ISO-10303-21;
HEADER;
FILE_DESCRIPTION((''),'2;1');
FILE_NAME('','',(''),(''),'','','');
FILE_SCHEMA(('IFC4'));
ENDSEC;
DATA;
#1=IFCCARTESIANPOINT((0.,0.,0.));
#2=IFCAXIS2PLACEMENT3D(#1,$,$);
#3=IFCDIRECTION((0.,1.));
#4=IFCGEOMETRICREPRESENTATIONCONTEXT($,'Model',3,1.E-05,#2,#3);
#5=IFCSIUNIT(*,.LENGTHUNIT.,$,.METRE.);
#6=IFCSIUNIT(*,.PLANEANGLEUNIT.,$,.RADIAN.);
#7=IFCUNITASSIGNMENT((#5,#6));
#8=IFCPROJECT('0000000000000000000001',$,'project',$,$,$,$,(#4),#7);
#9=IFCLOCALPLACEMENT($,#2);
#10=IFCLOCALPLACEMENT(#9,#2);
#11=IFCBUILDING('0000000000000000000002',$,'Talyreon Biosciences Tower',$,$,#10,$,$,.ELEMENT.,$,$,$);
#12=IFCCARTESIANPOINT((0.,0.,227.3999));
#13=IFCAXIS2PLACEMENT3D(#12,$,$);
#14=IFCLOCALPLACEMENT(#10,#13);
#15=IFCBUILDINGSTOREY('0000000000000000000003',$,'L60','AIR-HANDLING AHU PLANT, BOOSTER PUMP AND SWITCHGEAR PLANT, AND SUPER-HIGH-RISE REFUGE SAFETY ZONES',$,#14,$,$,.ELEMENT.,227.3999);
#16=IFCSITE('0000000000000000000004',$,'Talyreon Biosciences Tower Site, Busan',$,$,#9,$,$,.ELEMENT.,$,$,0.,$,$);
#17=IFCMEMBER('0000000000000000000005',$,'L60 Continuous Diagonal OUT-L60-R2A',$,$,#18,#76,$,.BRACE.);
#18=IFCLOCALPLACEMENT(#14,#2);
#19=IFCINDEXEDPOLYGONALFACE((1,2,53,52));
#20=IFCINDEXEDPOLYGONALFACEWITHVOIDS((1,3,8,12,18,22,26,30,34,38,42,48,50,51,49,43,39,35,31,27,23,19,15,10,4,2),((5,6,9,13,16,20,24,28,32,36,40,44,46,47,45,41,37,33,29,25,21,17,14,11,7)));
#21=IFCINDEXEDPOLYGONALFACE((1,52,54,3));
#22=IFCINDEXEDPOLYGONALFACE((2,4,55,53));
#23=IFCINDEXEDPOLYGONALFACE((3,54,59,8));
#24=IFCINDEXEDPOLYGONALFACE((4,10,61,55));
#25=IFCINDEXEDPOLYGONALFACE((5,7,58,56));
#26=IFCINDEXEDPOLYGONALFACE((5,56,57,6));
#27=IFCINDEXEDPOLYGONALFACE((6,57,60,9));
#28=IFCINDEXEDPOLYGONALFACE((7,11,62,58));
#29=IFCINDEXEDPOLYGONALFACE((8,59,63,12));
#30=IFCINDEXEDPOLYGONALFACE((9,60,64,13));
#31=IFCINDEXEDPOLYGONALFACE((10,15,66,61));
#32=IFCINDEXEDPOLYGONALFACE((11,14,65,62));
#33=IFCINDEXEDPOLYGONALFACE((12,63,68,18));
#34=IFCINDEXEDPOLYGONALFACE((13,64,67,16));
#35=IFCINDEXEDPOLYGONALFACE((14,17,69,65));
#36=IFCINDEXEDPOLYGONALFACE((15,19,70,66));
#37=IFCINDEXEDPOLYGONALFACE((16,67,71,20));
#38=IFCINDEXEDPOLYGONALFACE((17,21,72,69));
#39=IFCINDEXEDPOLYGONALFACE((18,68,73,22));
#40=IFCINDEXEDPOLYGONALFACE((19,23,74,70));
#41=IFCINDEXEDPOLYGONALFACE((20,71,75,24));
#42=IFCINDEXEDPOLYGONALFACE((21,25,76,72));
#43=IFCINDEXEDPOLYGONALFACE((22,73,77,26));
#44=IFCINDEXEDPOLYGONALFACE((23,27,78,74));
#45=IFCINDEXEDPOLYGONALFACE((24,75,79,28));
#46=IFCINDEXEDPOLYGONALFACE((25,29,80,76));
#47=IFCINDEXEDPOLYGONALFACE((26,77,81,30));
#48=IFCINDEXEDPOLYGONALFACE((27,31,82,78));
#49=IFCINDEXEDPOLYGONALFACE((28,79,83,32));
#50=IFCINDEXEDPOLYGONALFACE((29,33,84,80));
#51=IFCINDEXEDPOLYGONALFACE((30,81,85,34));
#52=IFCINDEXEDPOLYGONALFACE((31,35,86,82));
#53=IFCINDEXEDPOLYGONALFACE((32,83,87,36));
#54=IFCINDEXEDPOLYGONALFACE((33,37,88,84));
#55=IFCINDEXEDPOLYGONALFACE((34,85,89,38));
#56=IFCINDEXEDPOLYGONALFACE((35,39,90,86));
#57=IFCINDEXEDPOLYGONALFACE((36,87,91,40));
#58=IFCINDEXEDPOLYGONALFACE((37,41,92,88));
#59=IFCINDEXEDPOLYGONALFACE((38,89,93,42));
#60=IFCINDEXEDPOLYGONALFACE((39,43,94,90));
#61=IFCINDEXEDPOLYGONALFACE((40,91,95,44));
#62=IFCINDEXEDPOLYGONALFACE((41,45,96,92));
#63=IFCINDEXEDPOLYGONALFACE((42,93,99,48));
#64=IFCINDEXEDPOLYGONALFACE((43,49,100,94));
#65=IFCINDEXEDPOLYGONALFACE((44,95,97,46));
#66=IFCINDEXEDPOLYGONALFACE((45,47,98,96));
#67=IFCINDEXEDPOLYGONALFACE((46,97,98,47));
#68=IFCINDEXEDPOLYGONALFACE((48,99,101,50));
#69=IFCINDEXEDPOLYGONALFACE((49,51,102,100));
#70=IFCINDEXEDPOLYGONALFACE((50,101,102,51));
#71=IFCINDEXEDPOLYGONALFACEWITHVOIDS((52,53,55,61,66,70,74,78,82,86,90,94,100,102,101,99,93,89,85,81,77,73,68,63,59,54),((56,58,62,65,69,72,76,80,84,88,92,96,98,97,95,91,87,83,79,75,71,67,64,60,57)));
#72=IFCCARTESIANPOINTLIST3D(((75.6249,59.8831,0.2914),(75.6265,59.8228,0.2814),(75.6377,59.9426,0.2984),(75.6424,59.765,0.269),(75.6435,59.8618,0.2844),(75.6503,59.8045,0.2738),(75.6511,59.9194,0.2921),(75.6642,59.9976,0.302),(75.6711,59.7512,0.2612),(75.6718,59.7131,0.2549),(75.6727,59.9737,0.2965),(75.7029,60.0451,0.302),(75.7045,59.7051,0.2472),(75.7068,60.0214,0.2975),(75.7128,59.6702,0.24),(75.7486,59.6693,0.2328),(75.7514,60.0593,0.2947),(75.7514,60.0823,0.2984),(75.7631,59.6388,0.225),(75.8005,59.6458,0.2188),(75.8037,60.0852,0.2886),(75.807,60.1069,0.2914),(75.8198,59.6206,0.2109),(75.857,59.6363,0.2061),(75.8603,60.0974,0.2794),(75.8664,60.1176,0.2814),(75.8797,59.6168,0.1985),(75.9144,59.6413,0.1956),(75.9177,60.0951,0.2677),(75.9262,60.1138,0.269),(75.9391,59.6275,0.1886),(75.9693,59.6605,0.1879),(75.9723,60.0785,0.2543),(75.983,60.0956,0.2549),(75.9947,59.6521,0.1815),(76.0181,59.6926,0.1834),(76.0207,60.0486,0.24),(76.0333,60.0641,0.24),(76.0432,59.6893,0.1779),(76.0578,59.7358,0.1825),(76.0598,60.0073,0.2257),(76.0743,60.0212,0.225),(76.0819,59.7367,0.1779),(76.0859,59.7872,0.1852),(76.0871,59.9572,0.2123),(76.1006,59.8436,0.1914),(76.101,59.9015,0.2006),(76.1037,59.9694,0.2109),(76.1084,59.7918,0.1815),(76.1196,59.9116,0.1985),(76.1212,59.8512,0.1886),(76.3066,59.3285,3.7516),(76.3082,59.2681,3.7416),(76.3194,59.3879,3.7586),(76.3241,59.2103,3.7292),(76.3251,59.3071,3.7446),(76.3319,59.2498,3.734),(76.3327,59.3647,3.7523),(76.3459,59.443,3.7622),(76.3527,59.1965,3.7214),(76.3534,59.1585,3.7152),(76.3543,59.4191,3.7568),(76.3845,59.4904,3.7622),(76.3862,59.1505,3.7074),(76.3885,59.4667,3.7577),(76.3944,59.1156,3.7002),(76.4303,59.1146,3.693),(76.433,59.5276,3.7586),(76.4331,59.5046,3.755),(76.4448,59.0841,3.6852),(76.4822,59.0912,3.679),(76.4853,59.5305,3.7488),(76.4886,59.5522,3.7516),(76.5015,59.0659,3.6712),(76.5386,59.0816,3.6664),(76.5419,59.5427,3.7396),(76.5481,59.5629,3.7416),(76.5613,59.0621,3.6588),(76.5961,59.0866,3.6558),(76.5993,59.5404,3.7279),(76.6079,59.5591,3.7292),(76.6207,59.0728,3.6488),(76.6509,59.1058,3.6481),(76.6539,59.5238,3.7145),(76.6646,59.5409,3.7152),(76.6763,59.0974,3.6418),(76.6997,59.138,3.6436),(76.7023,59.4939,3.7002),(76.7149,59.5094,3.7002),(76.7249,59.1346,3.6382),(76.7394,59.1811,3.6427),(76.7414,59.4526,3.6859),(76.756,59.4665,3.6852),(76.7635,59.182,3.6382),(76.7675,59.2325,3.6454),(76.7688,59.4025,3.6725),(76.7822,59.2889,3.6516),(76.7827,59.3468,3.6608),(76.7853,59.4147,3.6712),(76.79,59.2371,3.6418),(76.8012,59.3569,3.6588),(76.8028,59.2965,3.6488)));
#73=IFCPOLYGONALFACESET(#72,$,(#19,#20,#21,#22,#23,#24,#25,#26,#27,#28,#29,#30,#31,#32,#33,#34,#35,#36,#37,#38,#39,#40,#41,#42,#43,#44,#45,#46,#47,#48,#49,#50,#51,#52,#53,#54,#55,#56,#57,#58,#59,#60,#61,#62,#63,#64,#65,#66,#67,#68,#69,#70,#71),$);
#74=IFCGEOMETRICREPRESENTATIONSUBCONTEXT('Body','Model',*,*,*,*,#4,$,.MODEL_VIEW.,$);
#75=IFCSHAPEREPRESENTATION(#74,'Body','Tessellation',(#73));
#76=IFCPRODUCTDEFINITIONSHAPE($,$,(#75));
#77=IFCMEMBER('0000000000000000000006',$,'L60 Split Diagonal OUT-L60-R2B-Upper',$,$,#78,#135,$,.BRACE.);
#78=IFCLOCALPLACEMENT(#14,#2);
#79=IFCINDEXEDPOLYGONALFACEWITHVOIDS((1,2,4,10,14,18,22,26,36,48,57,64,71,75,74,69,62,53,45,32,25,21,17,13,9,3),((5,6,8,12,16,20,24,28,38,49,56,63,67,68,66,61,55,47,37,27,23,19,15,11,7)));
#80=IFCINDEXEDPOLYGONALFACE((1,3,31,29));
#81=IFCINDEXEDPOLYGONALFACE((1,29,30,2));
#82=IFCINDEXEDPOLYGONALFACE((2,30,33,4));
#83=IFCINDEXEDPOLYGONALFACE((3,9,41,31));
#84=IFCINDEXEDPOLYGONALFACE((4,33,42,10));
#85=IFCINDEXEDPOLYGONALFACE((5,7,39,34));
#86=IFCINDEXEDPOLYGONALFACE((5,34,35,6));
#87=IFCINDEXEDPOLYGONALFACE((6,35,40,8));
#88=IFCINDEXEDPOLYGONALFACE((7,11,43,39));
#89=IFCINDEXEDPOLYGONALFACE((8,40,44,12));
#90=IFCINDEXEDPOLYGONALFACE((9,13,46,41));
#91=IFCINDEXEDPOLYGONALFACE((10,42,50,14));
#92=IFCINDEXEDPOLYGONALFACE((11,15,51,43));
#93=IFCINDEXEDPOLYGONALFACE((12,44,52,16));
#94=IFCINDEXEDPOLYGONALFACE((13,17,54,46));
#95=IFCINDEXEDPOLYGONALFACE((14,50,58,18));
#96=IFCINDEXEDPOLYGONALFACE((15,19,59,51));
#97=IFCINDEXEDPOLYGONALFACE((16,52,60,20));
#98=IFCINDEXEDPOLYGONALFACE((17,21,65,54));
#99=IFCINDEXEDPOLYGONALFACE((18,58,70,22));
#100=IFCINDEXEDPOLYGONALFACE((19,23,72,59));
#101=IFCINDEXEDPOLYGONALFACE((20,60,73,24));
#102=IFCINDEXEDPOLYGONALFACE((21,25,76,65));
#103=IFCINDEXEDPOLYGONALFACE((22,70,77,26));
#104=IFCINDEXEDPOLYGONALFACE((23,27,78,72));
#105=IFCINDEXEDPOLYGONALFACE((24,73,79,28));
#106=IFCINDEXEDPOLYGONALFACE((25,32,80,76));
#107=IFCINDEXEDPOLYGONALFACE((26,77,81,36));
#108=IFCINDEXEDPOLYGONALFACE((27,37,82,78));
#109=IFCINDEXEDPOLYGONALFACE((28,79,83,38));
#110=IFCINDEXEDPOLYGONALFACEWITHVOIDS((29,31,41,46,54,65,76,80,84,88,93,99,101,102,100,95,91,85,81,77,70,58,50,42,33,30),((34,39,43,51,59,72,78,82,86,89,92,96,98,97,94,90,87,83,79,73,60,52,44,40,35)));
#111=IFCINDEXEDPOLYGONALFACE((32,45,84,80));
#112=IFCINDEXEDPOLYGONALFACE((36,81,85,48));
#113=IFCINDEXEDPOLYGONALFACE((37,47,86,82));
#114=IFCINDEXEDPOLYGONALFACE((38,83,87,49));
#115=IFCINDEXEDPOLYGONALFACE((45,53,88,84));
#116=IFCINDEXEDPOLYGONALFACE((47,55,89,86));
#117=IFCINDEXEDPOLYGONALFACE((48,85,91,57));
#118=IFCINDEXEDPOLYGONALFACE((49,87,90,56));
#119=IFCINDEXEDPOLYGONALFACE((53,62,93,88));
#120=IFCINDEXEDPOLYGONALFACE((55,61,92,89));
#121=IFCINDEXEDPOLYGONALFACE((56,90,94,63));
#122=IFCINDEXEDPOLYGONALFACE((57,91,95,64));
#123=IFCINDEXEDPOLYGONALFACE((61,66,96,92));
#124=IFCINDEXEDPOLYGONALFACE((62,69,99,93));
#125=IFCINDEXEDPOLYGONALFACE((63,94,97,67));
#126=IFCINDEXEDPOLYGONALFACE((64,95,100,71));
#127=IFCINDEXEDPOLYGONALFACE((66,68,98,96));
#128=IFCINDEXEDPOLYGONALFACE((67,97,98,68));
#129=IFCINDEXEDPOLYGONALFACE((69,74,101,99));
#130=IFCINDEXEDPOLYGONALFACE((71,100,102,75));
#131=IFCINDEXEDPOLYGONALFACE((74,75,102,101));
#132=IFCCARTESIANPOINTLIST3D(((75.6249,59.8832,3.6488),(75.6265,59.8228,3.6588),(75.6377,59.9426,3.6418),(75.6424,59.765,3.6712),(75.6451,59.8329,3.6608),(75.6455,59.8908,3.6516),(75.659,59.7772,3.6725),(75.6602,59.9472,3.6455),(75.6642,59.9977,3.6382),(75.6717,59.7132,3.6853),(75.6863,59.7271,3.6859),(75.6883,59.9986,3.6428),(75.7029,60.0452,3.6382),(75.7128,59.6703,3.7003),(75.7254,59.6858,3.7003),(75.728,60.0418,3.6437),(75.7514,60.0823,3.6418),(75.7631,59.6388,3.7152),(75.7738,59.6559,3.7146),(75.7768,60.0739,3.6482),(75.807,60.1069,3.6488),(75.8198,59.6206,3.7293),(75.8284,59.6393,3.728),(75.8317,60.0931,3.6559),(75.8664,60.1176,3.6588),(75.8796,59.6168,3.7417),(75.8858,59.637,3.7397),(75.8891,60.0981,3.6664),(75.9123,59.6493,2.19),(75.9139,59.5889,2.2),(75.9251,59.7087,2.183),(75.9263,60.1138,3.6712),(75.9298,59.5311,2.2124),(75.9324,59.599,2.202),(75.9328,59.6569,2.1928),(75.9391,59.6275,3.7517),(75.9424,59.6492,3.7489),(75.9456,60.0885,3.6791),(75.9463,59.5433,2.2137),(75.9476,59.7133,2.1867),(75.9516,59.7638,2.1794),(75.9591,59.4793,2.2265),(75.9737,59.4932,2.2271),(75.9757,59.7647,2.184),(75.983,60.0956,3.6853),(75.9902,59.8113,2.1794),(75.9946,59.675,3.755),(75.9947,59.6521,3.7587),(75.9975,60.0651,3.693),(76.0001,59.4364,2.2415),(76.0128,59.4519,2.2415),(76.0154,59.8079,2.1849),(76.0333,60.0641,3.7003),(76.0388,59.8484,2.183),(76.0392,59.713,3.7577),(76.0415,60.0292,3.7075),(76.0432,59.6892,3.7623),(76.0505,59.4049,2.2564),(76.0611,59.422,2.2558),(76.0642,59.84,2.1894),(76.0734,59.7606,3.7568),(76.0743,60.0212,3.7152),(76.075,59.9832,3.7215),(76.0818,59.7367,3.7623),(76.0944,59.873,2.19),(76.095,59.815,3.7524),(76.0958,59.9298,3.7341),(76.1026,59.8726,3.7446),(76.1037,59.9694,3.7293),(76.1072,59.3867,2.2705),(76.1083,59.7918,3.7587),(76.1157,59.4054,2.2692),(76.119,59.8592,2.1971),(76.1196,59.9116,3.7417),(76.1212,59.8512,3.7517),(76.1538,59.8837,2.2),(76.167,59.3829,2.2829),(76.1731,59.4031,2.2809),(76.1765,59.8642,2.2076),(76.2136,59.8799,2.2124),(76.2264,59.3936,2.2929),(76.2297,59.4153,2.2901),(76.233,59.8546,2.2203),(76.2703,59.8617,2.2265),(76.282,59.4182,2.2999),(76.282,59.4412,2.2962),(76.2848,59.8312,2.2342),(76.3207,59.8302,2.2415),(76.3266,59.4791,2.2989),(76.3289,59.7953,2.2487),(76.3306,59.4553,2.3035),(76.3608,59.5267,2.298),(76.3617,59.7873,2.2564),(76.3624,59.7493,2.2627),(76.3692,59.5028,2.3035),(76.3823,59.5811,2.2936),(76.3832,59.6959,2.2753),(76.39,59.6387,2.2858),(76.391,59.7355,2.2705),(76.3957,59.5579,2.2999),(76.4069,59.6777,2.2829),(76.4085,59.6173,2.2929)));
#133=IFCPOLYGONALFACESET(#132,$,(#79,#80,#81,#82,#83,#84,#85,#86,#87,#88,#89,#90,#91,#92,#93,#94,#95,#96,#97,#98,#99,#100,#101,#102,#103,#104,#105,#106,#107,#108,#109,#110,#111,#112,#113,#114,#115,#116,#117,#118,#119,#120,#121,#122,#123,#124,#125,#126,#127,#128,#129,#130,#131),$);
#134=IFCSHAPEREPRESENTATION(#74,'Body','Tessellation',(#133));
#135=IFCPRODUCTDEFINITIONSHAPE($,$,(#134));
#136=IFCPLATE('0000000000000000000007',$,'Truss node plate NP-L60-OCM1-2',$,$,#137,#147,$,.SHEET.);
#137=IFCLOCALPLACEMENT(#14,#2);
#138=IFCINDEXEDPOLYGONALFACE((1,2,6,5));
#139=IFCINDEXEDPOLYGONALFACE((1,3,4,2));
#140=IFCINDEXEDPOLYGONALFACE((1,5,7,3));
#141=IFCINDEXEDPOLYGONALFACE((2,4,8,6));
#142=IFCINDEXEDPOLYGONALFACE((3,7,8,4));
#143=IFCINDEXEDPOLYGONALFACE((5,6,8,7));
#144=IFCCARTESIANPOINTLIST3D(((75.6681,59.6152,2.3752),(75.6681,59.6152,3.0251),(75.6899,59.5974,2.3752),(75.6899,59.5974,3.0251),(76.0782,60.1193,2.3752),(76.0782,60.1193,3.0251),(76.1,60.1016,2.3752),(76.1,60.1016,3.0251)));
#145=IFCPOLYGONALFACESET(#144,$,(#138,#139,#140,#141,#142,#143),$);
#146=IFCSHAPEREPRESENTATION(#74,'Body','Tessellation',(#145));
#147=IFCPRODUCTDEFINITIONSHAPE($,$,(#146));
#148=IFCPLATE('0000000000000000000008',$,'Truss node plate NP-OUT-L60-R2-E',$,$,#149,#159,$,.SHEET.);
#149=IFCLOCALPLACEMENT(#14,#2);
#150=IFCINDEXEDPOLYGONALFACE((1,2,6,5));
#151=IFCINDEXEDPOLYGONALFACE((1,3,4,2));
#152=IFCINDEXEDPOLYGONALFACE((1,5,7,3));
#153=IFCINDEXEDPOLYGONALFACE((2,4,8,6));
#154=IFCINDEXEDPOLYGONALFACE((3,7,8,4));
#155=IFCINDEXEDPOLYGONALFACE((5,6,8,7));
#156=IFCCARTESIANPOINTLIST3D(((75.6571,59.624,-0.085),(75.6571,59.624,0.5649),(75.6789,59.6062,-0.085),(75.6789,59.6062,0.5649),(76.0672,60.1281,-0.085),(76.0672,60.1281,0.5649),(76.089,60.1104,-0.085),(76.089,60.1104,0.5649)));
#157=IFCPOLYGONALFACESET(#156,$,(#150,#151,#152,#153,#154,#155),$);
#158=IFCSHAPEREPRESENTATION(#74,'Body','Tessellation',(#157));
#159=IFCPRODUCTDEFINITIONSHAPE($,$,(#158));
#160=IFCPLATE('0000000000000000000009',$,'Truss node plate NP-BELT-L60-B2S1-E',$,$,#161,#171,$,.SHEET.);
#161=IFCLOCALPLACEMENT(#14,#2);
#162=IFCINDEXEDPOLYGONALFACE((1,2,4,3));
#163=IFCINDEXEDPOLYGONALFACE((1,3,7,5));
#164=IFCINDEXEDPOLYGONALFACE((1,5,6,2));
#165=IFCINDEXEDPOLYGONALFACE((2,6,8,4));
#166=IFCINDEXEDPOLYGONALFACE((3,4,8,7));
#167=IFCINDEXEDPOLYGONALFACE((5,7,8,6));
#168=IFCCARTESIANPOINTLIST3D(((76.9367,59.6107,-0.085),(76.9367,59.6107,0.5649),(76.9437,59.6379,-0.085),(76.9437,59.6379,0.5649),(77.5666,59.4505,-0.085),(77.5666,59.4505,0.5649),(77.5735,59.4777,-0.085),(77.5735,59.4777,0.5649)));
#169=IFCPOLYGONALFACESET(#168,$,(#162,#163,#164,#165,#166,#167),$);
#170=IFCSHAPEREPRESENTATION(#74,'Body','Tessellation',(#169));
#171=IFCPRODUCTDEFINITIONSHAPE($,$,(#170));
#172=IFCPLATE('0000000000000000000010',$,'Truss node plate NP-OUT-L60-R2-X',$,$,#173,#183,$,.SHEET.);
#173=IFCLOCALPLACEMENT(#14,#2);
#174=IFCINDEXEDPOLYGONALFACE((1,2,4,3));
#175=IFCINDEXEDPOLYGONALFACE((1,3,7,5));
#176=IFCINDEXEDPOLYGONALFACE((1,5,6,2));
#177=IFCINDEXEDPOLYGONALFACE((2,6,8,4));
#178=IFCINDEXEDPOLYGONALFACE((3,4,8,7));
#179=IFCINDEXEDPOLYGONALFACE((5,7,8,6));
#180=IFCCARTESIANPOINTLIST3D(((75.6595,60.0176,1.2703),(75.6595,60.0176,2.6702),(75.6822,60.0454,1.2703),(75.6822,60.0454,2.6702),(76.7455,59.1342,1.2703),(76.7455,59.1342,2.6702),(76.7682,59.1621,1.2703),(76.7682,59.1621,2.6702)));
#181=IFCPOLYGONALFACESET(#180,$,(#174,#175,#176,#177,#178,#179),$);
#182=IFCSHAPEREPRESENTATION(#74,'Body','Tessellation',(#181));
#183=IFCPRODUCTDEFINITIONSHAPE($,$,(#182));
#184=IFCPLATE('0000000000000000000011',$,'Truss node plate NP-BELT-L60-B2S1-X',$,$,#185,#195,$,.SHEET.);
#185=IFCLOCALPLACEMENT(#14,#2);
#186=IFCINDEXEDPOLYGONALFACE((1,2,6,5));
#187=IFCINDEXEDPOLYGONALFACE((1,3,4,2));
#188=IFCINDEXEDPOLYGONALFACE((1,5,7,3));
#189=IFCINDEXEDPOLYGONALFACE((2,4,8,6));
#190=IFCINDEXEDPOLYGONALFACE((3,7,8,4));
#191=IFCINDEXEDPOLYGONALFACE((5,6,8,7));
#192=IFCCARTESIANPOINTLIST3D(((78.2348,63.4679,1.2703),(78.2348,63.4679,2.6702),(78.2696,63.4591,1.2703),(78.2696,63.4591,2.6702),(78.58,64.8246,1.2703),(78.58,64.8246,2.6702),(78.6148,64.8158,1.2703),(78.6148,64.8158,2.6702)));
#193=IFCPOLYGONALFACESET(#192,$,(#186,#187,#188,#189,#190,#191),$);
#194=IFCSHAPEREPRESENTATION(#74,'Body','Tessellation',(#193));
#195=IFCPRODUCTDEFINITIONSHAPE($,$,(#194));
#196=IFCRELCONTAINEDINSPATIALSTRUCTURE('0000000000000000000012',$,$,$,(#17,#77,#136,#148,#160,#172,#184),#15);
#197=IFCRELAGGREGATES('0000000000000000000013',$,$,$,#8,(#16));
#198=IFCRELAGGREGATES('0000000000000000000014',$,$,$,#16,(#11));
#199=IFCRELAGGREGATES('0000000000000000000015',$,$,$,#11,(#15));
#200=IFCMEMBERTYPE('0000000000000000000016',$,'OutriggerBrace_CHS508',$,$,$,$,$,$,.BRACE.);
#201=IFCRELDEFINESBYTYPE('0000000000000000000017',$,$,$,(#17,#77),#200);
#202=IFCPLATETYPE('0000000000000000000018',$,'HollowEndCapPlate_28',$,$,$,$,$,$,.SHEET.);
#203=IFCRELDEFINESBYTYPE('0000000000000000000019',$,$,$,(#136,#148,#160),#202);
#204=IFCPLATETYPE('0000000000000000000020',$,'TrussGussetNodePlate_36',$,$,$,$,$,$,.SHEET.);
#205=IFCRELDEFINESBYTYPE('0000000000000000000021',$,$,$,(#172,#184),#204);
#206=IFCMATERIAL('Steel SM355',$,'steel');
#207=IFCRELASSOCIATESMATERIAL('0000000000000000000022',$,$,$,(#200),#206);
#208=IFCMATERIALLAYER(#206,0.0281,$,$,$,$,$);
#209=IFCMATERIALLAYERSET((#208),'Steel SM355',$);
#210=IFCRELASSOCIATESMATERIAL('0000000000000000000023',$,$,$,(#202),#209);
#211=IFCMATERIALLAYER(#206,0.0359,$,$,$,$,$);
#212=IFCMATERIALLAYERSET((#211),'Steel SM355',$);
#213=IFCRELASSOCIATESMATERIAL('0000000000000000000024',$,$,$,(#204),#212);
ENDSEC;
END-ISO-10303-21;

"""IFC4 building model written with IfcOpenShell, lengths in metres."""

from ifc_helpers import new_model, si_unit, direction, frame, origin, origin_2d, place, context, subcontext, project, spatial, rectangle, hollow_circle, extrude, material, layer, layer_set, material_profile, profile_set, type_object, element, save


model = new_model("IFC4")

# Units and contexts
model_context = context("Model", 3, precision=1e-05, world=origin(), true_north=direction((0.0, 1.0)))
body_context = subcontext(model_context, "Body", "Model", "MODEL_VIEW")
ifc_project = project(units=[si_unit("LENGTHUNIT", "METRE"), si_unit("PLANEANGLEUNIT", "RADIAN")], contexts=[model_context])

# Site, building, storey
site_placement = place(None, origin())
site = spatial("IfcSite", under=ifc_project, at=site_placement, Name="Talyreon Biosciences Tower Site, Busan", CompositionType="ELEMENT", RefElevation=0.0)
building_placement = place(site_placement, origin())
building = spatial("IfcBuilding", under=site, at=building_placement, Name="Talyreon Biosciences Tower", CompositionType="ELEMENT")
storey_placement = place(building_placement, frame((0.0, 0.0, 227.3999)))
storey = spatial("IfcBuildingStorey", under=building, at=storey_placement, Name="L60", Description="AIR-HANDLING AHU PLANT, BOOSTER PUMP AND SWITCHGEAR PLANT, AND SUPER-HIGH-RISE REFUGE SAFETY ZONES", CompositionType="ELEMENT", Elevation=227.3999)

# Shared definitions
ifc_material_1 = material(Name="Steel SM355", Category="steel")

# Members
ifc_material_profile_1 = material_profile(ifc_material_1, hollow_circle(Radius=0.2539, WallThickness=0.02, at=origin_2d()), Name="CHS 508x20")
ifc_profile_set_1 = profile_set([ifc_material_profile_1], Name="Steel SM355")
member_type_1 = type_object("IfcMemberType", Name="OutriggerBrace_CHS508", PredefinedType="BRACE", material=ifc_profile_set_1)
member_1_placement = place(storey_placement, frame((75.873, 59.8672, 0.24), z_axis=(0.190933, -0.155372, 0.969229), x_axis=(0.631178, 0.775638, 0.0)))
element("IfcMember", 1, at=member_1_placement, inside=storey, type_object=member_type_1, Name="L60 Continuous Diagonal OUT-L60-R2A", PredefinedType="BRACE", context=body_context, shape_type="SweptSolid", body=[
    extrude(hollow_circle(Radius=0.2539, WallThickness=0.02, at=origin_2d()), origin(), (0.0, 0.0, 1.0), 3.5701),
])
member_2_placement = place(storey_placement, frame((76.1604, 59.6333, 2.2415), z_axis=(-0.190925, 0.155401, 0.969226), x_axis=(-0.631262, -0.77557, 0.0)))
element("IfcMember", 2, at=member_2_placement, inside=storey, type_object=member_type_1, Name="L60 Split Diagonal OUT-L60-R2B-Upper", PredefinedType="BRACE", context=body_context, shape_type="SweptSolid", body=[
    extrude(hollow_circle(Radius=0.2539, WallThickness=0.02, at=origin_2d()), origin(), (0.0, 0.0, 1.0), 1.5051),
])

# Plates
ifc_layer_1 = layer(ifc_material_1, 0.0281)
ifc_layer_set_1 = layer_set([ifc_layer_1], Name="Steel SM355")
plate_type_1 = type_object("IfcPlateType", Name="HollowEndCapPlate_28", PredefinedType="SHEET", material=ifc_layer_set_1)
for number, where, z_axis, x_axis, name in (
    (3, (75.884, 59.8584, 2.3752), (0.0, 0.0, 1.0), (0.631001, 0.775782, 0.0), "Truss node plate NP-L60-OCM1-2"),
    (4, (75.873, 59.8672, -0.085), (0.0, 0.0, 1.0), (0.631014, 0.775771, 0.0), "Truss node plate NP-OUT-L60-R2-E"),
    (5, (77.2551, 59.5442, -0.085), (0.0, 0.0, 1.0), (-0.969132, 0.246542, 0.0), "Truss node plate NP-BELT-L60-B2S1-E"),
):
    element("IfcPlate", number, at=place(storey_placement, frame(where, z_axis=z_axis, x_axis=x_axis)), inside=storey, type_object=plate_type_1, Name=name, PredefinedType="SHEET", context=body_context, shape_type="SweptSolid", body=[
        extrude(rectangle(XDim=0.6499, YDim=0.0281, at=origin_2d()), origin(), (0.0, 0.0, 1.0), 0.6499),
    ])
ifc_layer_2 = layer(ifc_material_1, 0.0359)
ifc_layer_set_2 = layer_set([ifc_layer_2], Name="Steel SM355")
plate_type_2 = type_object("IfcPlateType", Name="TrussGussetNodePlate_36", PredefinedType="SHEET", material=ifc_layer_set_2)
for number, where, z_axis, x_axis, name in (
    (6, (76.2139, 59.5898, 1.2703), (0.0, 0.0, 1.0), (0.775771, -0.631014, 0.0), "Truss node plate NP-OUT-L60-R2-X"),
    (7, (78.4248, 64.1418, 1.2703), (0.0, 0.0, 1.0), (0.246542, 0.969132, 0.0), "Truss node plate NP-BELT-L60-B2S1-X"),
):
    element("IfcPlate", number, at=place(storey_placement, frame(where, z_axis=z_axis, x_axis=x_axis)), inside=storey, type_object=plate_type_2, Name=name, PredefinedType="SHEET", context=body_context, shape_type="SweptSolid", body=[
        extrude(rectangle(XDim=1.3999, YDim=0.0359, at=origin_2d()), origin(), (0.0, 0.0, 1.0), 1.3999),
    ])

save(model, "model.ifc")
